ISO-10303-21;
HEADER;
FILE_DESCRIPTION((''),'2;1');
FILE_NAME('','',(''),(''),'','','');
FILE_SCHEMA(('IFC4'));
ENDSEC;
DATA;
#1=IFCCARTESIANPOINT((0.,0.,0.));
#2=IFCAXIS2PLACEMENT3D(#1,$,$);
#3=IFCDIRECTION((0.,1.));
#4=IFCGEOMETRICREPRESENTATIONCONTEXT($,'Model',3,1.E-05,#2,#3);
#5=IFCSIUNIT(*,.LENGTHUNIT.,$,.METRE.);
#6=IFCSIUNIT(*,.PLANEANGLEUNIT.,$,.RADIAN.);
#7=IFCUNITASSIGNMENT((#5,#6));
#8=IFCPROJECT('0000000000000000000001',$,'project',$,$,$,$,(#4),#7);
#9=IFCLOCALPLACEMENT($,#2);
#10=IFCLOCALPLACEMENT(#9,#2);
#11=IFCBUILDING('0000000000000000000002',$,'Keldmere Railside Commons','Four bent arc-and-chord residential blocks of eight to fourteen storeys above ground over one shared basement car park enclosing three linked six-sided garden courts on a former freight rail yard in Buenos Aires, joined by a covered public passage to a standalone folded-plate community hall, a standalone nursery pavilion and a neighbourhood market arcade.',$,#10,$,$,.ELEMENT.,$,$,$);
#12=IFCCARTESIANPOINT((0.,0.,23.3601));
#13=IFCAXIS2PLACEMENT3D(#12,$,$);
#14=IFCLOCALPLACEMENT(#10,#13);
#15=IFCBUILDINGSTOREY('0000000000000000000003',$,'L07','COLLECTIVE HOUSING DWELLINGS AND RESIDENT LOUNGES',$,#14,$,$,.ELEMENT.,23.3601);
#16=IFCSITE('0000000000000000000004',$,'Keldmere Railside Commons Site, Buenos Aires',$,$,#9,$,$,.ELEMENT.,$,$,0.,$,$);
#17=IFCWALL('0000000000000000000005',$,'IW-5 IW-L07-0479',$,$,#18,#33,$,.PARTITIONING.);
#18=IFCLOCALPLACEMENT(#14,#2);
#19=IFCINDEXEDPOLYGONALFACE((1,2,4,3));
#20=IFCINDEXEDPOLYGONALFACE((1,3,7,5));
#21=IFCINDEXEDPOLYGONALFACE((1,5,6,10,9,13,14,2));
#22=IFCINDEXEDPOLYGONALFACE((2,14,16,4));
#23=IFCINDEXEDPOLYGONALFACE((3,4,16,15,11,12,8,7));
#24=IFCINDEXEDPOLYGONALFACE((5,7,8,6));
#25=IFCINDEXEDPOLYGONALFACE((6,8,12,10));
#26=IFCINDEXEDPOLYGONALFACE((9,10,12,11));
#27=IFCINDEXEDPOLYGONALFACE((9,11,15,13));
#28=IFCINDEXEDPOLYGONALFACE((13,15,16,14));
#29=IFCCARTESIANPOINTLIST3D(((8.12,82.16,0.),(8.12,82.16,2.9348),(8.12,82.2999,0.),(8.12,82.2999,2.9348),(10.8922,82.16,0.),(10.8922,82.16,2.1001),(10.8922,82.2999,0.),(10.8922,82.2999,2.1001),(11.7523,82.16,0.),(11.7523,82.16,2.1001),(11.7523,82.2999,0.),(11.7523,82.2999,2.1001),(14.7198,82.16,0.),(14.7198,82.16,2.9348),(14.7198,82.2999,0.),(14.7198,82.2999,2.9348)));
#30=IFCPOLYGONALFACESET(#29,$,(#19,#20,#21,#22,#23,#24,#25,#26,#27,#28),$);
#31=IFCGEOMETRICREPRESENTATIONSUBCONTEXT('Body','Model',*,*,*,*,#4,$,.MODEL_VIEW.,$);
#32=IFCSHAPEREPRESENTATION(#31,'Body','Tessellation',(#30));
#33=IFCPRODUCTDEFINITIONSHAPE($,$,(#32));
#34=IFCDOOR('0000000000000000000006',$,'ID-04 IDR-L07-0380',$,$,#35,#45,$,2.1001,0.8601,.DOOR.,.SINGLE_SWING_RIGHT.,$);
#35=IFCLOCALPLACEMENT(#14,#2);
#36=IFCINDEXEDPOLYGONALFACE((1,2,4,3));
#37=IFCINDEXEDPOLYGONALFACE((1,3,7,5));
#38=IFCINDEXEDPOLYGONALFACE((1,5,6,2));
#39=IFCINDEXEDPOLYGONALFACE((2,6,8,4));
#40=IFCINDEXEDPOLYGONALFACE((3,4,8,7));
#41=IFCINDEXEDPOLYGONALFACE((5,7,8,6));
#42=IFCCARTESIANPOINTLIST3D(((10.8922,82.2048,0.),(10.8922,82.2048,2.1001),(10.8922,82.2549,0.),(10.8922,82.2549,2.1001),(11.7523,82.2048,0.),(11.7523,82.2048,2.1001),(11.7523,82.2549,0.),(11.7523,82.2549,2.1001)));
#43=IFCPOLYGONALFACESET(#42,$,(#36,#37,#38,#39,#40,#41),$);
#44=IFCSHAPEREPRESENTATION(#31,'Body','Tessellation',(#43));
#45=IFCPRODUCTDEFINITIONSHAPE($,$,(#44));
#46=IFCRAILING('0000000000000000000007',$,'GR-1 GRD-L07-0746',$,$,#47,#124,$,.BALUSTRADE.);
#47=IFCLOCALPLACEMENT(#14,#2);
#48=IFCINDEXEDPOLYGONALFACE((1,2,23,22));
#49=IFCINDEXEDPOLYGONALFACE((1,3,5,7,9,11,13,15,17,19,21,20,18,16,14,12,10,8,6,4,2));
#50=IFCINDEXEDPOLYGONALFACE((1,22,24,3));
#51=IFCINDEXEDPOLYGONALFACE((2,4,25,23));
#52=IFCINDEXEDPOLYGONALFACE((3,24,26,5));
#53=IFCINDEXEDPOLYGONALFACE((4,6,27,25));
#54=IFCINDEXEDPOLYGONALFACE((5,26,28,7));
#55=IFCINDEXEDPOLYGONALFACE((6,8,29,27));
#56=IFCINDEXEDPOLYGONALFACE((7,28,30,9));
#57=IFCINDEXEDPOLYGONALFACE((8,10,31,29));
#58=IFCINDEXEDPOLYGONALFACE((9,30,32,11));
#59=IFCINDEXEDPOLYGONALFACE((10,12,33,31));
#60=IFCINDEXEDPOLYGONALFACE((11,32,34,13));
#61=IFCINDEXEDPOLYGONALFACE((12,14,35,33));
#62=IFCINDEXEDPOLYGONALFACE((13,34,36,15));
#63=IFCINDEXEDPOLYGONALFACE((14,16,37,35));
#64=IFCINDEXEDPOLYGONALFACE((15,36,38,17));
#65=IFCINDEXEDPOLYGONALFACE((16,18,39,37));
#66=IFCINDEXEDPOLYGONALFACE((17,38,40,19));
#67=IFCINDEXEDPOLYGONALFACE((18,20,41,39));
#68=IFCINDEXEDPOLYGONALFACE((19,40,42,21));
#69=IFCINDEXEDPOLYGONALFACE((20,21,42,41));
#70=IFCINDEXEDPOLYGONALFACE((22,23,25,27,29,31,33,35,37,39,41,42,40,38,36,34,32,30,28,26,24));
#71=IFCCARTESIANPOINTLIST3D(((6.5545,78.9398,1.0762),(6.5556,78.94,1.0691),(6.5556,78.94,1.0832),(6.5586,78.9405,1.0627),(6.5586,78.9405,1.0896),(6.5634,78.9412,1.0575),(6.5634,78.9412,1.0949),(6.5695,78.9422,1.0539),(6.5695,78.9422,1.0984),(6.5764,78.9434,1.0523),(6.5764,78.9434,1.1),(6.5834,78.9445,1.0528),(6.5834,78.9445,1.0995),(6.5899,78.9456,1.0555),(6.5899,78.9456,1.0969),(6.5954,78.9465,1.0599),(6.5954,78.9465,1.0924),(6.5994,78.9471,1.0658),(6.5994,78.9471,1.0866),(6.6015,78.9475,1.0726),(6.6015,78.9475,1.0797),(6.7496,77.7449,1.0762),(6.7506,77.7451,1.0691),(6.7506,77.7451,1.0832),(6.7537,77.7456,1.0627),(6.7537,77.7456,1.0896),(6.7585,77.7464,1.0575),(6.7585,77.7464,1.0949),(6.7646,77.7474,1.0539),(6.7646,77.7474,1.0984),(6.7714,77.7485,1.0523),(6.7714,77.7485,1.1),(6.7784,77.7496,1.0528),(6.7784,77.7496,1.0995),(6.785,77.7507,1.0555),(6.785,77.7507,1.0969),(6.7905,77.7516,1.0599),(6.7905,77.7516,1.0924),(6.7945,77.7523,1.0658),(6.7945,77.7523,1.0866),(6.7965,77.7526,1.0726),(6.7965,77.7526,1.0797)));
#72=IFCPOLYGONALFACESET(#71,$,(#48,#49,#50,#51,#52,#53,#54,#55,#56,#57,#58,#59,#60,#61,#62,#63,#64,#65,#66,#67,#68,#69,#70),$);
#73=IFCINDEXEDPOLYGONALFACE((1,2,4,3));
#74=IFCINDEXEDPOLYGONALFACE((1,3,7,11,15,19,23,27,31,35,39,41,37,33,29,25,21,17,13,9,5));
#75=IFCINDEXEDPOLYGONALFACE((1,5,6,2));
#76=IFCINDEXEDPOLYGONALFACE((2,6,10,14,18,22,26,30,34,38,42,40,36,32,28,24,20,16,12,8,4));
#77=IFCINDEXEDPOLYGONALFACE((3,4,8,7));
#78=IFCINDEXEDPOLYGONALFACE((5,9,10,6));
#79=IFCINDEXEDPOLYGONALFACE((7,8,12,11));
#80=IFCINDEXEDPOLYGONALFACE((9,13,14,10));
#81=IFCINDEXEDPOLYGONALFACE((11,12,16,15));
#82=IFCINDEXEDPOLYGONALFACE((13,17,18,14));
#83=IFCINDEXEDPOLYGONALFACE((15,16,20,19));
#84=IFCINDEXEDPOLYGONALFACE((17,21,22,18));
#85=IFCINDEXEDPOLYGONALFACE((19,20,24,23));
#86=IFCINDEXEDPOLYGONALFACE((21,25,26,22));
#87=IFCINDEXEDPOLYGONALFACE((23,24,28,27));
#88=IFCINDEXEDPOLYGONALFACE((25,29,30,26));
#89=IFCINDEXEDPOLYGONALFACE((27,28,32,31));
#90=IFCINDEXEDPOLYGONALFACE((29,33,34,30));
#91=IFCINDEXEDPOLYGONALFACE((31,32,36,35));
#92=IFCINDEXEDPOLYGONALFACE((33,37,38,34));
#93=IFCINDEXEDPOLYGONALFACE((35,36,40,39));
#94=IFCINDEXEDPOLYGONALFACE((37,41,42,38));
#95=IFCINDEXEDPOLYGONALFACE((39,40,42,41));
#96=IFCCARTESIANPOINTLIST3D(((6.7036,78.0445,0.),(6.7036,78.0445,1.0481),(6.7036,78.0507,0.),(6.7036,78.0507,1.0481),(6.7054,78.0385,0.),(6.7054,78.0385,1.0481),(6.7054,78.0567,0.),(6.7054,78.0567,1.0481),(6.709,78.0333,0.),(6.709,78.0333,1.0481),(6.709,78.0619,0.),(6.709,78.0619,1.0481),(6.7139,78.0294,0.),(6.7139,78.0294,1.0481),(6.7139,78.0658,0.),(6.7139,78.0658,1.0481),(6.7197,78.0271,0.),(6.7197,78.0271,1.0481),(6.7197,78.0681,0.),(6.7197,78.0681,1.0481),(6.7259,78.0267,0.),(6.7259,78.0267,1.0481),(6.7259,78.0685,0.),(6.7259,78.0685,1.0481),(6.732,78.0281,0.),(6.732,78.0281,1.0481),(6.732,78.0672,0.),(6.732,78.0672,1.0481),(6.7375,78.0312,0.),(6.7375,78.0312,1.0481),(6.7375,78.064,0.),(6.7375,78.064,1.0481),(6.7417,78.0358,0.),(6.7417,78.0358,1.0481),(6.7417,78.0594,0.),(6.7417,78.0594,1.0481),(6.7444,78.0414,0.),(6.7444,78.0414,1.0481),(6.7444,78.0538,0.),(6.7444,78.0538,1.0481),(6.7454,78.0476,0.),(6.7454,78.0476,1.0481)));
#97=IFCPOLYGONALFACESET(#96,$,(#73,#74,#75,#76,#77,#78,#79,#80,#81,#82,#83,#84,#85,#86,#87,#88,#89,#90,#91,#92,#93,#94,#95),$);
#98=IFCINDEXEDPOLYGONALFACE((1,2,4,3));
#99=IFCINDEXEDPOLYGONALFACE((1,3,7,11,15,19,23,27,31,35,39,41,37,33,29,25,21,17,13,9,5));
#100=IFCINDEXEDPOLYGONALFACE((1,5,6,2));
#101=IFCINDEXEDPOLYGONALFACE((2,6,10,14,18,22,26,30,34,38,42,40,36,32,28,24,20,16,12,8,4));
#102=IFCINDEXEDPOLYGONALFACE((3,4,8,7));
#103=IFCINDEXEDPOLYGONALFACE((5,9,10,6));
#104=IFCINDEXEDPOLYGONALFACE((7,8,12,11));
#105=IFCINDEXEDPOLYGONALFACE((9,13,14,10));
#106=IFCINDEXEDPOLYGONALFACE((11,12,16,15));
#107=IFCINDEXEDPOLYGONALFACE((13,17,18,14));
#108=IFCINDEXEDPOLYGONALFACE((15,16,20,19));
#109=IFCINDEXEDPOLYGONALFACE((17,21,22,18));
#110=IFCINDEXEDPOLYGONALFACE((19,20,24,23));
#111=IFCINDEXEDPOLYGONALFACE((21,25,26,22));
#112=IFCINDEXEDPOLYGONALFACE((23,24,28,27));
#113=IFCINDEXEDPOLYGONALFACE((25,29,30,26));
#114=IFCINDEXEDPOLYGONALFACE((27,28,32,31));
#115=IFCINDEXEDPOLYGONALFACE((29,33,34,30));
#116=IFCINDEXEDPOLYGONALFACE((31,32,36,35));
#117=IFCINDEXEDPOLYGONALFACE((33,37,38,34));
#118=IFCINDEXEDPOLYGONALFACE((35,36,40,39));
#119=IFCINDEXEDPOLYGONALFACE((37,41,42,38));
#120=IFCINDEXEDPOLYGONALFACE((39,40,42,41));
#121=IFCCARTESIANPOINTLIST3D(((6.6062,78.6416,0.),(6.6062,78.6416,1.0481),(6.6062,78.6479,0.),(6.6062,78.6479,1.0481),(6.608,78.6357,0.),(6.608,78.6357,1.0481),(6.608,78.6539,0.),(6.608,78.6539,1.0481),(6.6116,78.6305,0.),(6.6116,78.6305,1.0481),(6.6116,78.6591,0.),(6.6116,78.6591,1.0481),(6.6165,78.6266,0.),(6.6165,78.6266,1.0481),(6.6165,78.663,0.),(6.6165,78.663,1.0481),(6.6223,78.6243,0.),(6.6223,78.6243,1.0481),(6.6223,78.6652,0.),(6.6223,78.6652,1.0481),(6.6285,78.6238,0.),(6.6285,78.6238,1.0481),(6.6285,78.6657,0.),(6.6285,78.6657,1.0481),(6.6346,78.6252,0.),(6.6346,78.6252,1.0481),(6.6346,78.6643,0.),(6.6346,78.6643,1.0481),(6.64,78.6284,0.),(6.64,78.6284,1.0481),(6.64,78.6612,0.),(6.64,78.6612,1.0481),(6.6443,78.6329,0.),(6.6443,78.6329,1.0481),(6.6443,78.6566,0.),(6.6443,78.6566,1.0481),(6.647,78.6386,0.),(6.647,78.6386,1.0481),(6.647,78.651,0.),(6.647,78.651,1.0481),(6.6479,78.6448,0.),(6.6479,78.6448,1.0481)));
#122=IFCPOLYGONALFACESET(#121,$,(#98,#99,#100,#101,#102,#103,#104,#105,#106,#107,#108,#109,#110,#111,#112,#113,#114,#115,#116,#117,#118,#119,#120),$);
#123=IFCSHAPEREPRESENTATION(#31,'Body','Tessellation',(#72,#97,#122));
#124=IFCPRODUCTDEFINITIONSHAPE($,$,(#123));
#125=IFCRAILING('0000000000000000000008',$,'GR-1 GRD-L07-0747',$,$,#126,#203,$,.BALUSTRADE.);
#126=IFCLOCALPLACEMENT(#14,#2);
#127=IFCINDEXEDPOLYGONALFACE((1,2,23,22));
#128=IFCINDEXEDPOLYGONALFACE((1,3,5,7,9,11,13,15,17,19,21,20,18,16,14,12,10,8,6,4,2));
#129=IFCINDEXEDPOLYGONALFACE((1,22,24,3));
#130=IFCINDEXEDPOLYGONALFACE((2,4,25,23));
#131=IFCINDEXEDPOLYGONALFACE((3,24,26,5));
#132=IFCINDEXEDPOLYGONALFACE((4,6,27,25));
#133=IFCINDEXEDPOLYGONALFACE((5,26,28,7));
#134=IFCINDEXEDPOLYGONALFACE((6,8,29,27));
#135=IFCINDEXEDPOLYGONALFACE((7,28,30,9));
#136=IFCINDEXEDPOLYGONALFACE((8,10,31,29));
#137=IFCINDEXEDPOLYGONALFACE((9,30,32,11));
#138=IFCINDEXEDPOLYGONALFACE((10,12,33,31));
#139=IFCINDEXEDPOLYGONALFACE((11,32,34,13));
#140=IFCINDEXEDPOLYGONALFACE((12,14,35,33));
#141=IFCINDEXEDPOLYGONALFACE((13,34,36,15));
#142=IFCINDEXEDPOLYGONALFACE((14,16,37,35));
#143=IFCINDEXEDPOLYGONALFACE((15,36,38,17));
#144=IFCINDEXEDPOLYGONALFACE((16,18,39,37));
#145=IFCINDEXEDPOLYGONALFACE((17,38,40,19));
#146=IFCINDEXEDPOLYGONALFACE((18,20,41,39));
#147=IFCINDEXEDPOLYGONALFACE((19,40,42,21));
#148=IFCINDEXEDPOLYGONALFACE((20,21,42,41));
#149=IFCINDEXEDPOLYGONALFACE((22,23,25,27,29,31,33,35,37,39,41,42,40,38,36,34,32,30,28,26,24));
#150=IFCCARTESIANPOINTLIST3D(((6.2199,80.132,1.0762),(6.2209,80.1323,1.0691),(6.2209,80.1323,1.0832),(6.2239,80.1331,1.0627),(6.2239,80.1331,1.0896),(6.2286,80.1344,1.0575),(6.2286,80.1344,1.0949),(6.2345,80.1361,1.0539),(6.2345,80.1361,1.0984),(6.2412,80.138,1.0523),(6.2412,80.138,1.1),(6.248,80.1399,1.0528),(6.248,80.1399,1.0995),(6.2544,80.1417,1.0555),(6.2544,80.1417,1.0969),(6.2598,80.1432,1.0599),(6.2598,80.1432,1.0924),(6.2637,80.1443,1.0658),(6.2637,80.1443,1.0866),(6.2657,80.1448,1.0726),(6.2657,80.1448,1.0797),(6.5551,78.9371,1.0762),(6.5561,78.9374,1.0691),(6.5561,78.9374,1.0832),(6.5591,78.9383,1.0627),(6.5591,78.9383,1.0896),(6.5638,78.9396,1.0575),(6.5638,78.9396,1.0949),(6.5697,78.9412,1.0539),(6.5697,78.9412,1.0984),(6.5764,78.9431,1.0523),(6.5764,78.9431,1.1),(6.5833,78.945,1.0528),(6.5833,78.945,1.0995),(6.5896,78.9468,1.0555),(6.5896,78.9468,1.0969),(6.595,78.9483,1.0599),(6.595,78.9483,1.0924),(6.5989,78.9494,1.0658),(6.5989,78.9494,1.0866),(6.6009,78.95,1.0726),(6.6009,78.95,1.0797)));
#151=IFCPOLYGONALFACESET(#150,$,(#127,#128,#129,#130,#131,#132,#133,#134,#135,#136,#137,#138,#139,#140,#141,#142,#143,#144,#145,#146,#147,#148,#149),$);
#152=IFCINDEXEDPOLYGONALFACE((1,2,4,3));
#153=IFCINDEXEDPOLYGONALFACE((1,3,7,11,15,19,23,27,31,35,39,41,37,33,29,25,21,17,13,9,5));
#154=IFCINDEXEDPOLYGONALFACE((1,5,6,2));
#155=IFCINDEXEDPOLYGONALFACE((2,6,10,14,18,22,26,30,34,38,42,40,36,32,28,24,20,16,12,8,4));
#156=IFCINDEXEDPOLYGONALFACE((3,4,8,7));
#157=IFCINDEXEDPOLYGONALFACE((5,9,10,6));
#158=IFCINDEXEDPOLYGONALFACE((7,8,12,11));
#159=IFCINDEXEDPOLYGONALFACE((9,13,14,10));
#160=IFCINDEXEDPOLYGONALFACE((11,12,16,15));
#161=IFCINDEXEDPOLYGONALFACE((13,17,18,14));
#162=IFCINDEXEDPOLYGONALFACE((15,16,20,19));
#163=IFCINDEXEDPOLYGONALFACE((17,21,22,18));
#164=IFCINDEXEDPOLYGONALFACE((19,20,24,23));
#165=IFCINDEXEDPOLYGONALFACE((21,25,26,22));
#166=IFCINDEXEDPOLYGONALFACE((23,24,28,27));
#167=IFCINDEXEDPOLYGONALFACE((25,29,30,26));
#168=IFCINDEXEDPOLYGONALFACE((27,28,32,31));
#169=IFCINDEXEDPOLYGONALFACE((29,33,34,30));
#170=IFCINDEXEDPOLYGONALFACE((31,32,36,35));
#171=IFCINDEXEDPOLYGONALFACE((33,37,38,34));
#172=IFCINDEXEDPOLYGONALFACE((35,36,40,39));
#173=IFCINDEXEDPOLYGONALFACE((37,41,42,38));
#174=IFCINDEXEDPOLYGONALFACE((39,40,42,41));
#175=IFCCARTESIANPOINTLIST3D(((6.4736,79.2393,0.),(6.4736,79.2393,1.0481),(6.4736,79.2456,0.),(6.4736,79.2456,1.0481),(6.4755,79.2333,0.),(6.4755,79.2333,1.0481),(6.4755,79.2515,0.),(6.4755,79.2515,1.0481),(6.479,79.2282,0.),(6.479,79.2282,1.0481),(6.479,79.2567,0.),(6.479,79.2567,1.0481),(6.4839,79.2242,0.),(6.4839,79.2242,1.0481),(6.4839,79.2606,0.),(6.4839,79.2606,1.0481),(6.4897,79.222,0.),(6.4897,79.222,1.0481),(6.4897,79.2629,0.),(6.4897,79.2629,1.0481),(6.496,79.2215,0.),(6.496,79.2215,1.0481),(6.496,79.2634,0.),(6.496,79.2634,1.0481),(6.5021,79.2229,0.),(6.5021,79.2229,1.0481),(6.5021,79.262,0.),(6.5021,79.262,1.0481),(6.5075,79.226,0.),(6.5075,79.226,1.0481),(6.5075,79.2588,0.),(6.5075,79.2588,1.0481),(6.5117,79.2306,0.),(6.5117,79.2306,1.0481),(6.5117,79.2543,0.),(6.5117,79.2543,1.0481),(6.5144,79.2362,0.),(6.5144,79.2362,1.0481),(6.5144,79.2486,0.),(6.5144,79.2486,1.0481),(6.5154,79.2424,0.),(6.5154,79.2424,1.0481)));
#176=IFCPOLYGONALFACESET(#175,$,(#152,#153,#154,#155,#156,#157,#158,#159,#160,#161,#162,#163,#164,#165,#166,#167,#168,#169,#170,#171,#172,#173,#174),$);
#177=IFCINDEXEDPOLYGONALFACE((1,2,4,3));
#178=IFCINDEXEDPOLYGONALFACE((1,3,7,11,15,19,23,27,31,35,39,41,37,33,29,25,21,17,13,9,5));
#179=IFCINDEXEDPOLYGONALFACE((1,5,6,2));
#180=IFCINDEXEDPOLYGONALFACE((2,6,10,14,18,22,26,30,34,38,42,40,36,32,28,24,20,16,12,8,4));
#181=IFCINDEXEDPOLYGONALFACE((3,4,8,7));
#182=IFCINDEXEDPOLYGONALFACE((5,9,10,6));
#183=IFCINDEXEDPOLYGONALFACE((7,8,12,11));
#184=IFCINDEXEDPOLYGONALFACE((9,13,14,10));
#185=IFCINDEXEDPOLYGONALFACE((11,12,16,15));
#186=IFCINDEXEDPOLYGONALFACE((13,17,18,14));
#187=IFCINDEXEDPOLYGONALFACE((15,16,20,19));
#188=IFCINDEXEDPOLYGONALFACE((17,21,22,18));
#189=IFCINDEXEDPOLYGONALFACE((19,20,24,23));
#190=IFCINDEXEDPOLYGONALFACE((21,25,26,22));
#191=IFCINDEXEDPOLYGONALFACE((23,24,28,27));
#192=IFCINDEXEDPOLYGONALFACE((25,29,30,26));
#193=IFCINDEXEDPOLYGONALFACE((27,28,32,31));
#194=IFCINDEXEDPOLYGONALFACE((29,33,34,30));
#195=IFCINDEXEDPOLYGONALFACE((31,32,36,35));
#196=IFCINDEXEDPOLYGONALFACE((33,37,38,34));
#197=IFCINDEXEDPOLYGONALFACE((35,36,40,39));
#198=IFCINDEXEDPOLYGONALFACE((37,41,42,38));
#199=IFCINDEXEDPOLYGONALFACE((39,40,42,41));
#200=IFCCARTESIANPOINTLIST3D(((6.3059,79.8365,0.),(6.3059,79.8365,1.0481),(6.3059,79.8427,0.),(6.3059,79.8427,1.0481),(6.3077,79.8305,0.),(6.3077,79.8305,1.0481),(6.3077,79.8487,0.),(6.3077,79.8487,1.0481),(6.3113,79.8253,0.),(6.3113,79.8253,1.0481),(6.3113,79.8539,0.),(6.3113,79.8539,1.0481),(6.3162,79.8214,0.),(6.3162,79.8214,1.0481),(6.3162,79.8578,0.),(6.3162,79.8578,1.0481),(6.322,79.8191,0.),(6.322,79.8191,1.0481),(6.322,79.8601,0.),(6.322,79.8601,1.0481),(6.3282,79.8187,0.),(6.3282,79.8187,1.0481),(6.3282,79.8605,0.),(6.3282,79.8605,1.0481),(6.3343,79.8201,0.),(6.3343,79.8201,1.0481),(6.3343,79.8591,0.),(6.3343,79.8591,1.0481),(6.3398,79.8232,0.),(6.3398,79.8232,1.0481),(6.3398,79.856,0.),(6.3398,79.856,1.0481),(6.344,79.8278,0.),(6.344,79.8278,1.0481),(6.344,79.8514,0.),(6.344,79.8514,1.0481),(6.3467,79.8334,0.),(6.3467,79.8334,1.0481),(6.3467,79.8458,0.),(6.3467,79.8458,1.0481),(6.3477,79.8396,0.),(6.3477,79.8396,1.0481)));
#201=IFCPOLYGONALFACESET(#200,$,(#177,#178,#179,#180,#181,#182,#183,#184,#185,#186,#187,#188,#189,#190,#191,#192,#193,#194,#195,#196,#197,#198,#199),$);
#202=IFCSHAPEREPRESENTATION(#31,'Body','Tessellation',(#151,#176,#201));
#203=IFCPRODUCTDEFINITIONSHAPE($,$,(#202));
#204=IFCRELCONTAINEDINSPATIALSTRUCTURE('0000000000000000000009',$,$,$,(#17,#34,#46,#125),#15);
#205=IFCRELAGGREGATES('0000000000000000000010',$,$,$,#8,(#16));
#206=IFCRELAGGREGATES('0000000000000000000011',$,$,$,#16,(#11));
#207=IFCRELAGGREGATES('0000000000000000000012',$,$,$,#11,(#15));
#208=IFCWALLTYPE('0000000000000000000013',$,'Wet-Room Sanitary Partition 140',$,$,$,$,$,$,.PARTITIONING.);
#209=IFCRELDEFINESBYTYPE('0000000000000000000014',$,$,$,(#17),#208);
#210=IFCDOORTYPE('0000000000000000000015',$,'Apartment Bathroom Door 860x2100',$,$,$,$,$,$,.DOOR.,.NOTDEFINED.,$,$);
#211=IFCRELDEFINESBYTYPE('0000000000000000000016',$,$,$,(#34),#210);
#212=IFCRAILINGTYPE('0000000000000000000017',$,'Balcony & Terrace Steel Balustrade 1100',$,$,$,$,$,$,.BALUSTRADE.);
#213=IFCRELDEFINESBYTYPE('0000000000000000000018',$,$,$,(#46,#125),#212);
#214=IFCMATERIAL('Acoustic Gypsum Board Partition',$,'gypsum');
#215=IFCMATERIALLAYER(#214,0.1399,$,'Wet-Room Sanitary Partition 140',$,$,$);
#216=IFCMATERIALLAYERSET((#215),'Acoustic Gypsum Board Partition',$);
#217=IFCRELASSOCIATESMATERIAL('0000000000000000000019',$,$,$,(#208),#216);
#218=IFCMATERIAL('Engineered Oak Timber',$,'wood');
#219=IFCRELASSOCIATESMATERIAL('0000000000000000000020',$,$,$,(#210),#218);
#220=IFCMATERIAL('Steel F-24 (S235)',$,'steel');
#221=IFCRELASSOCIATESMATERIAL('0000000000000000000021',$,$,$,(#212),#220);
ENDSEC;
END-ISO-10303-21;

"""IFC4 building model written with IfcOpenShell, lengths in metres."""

from ifc_helpers import new_model, si_unit, direction, frame, frame_2d, origin, origin_2d, place, context, subcontext, project, spatial, rectangle, circle, extrude, material, layer, layer_set, type_object, element, fill, save


model = new_model("IFC4")

# Units and contexts
model_context = context("Model", 3, precision=1e-05, world=origin(), true_north=direction((0.0, 1.0)))
body_context = subcontext(model_context, "Body", "Model", "MODEL_VIEW")
ifc_project = project(units=[si_unit("LENGTHUNIT", "METRE"), si_unit("PLANEANGLEUNIT", "RADIAN")], contexts=[model_context])

# Site, building, storey
site_placement = place(None, origin())
site = spatial("IfcSite", under=ifc_project, at=site_placement, Name="Keldmere Railside Commons Site, Buenos Aires", CompositionType="ELEMENT", RefElevation=0.0)
building_placement = place(site_placement, origin())
building = spatial("IfcBuilding", under=site, at=building_placement, Name="Keldmere Railside Commons", Description="Four bent arc-and-chord residential blocks of eight to fourteen storeys above ground over one shared basement car park enclosing three linked six-sided garden courts on a former freight rail yard in Buenos Aires, joined by a covered public passage to a standalone folded-plate community hall, a standalone nursery pavilion and a neighbourhood market arcade.", CompositionType="ELEMENT")
storey_placement = place(building_placement, frame((0.0, 0.0, 23.3601)))
storey = spatial("IfcBuildingStorey", under=building, at=storey_placement, Name="L07", Description="COLLECTIVE HOUSING DWELLINGS AND RESIDENT LOUNGES", CompositionType="ELEMENT", Elevation=23.3601)

# Shared definitions
ifc_material_1 = material(Name="Acoustic Gypsum Board Partition", Category="gypsum")

# Shared definitions
ifc_material_2 = material(Name="Engineered Oak Timber", Category="wood")

# Wall, opening, door
ifc_layer_1 = layer(ifc_material_1, 0.1399, Name="Wet-Room Sanitary Partition 140")
ifc_layer_set_1 = layer_set([ifc_layer_1], Name="Acoustic Gypsum Board Partition")
wall_type_1 = type_object("IfcWallType", Name="Wet-Room Sanitary Partition 140", PredefinedType="PARTITIONING", material=ifc_layer_set_1)
wall_1_placement = place(storey_placement, frame((8.1201, 82.23, 0.0), z_axis=(0.0, 0.0, 1.0), x_axis=(1.0, 0.0, 0.0)))
wall_1 = element("IfcWall", 1, at=wall_1_placement, inside=storey, type_object=wall_type_1, Name="IW-5 IW-L07-0479", PredefinedType="PARTITIONING", context=body_context, shape_type="SweptSolid", body=[
    extrude(rectangle(XDim=6.5999, YDim=0.1399, at=frame_2d((3.2998, 0.0))), origin(), (0.0, 0.0, 1.0), 2.9348),
])
opening_1_placement = place(wall_1_placement, frame((2.772, 0.0, 0.0)))
opening_1 = element("IfcOpeningElement", 2, at=opening_1_placement, cuts=wall_1, PredefinedType="OPENING", context=body_context, shape_type="SweptSolid", body=[
    extrude(rectangle(XDim=0.8601, YDim=2.1001, at=frame_2d((0.4302, 1.05))), frame((0.0, 0.0798, 0.0), z_axis=(0.0, -1.0, 0.0), x_axis=(1.0, 0.0, 0.0)), (0.0, 0.0, 1.0), 0.1599),
])
door_type_1 = type_object("IfcDoorType", Name="Apartment Bathroom Door 860x2100", OperationType="NOTDEFINED", PredefinedType="DOOR", material=ifc_material_2)
door_1_placement = place(opening_1_placement, origin())
door_1 = element("IfcDoor", 3, at=door_1_placement, inside=storey, type_object=door_type_1, Name="ID-04 IDR-L07-0380", OperationType="SINGLE_SWING_RIGHT", OverallHeight=2.1001, OverallWidth=0.8601, PredefinedType="DOOR", context=body_context, shape_type="SweptSolid", body=[
    extrude(rectangle(XDim=0.8601, YDim=2.1001, at=frame_2d((0.4302, 1.05))), frame((0.0, 0.0249, 0.0), z_axis=(0.0, -1.0, 0.0), x_axis=(1.0, 0.0, 0.0)), (0.0, 0.0, 1.0), 0.05),
])
fill(opening_1, door_1)

# Railings
ifc_material_3 = material(Name="Steel F-24 (S235)", Category="steel")
railing_type = type_object("IfcRailingType", Name="Balcony & Terrace Steel Balustrade 1100", PredefinedType="BALUSTRADE", material=ifc_material_3)
railing_1_placement = place(storey_placement, frame((6.7732, 77.7488, 0.0)))
element("IfcRailing", 4, at=railing_1_placement, inside=storey, type_object=railing_type, Name="GR-1 GRD-L07-0746", PredefinedType="BALUSTRADE", context=body_context, shape_type="SweptSolid", body=[
    extrude(circle(Radius=0.0239, at=origin_2d()), frame((0.0, 0.0, 1.0762), z_axis=(-0.161128, 0.986934, 0.0), x_axis=(-0.986934, -0.161128, 0.0)), (0.0, 0.0, 1.0), 1.2107),
    extrude(circle(Radius=0.021, at=origin_2d()), frame((-0.0488, 0.2988, 0.0)), (0.0, 0.0, 1.0), 1.0481),
    extrude(circle(Radius=0.021, at=origin_2d()), frame((-0.1462, 0.896, 0.0)), (0.0, 0.0, 1.0), 1.0481),
])
railing_2_placement = place(storey_placement, frame((6.5781, 78.9436, 0.0)))
element("IfcRailing", 5, at=railing_2_placement, inside=storey, type_object=railing_type, Name="GR-1 GRD-L07-0747", PredefinedType="BALUSTRADE", context=body_context, shape_type="SweptSolid", body=[
    extrude(circle(Radius=0.0239, at=origin_2d()), frame((0.0, 0.0, 1.0762), z_axis=(-0.270119, 0.962827, 0.0), x_axis=(-0.962827, -0.270119, 0.0)), (0.0, 0.0, 1.0), 1.241),
    extrude(circle(Radius=0.021, at=origin_2d()), frame((-0.0837, 0.2988, 0.0)), (0.0, 0.0, 1.0), 1.0481),
    extrude(circle(Radius=0.021, at=origin_2d()), frame((-0.2515, 0.896, 0.0)), (0.0, 0.0, 1.0), 1.0481),
])

save(model, "model.ifc")
